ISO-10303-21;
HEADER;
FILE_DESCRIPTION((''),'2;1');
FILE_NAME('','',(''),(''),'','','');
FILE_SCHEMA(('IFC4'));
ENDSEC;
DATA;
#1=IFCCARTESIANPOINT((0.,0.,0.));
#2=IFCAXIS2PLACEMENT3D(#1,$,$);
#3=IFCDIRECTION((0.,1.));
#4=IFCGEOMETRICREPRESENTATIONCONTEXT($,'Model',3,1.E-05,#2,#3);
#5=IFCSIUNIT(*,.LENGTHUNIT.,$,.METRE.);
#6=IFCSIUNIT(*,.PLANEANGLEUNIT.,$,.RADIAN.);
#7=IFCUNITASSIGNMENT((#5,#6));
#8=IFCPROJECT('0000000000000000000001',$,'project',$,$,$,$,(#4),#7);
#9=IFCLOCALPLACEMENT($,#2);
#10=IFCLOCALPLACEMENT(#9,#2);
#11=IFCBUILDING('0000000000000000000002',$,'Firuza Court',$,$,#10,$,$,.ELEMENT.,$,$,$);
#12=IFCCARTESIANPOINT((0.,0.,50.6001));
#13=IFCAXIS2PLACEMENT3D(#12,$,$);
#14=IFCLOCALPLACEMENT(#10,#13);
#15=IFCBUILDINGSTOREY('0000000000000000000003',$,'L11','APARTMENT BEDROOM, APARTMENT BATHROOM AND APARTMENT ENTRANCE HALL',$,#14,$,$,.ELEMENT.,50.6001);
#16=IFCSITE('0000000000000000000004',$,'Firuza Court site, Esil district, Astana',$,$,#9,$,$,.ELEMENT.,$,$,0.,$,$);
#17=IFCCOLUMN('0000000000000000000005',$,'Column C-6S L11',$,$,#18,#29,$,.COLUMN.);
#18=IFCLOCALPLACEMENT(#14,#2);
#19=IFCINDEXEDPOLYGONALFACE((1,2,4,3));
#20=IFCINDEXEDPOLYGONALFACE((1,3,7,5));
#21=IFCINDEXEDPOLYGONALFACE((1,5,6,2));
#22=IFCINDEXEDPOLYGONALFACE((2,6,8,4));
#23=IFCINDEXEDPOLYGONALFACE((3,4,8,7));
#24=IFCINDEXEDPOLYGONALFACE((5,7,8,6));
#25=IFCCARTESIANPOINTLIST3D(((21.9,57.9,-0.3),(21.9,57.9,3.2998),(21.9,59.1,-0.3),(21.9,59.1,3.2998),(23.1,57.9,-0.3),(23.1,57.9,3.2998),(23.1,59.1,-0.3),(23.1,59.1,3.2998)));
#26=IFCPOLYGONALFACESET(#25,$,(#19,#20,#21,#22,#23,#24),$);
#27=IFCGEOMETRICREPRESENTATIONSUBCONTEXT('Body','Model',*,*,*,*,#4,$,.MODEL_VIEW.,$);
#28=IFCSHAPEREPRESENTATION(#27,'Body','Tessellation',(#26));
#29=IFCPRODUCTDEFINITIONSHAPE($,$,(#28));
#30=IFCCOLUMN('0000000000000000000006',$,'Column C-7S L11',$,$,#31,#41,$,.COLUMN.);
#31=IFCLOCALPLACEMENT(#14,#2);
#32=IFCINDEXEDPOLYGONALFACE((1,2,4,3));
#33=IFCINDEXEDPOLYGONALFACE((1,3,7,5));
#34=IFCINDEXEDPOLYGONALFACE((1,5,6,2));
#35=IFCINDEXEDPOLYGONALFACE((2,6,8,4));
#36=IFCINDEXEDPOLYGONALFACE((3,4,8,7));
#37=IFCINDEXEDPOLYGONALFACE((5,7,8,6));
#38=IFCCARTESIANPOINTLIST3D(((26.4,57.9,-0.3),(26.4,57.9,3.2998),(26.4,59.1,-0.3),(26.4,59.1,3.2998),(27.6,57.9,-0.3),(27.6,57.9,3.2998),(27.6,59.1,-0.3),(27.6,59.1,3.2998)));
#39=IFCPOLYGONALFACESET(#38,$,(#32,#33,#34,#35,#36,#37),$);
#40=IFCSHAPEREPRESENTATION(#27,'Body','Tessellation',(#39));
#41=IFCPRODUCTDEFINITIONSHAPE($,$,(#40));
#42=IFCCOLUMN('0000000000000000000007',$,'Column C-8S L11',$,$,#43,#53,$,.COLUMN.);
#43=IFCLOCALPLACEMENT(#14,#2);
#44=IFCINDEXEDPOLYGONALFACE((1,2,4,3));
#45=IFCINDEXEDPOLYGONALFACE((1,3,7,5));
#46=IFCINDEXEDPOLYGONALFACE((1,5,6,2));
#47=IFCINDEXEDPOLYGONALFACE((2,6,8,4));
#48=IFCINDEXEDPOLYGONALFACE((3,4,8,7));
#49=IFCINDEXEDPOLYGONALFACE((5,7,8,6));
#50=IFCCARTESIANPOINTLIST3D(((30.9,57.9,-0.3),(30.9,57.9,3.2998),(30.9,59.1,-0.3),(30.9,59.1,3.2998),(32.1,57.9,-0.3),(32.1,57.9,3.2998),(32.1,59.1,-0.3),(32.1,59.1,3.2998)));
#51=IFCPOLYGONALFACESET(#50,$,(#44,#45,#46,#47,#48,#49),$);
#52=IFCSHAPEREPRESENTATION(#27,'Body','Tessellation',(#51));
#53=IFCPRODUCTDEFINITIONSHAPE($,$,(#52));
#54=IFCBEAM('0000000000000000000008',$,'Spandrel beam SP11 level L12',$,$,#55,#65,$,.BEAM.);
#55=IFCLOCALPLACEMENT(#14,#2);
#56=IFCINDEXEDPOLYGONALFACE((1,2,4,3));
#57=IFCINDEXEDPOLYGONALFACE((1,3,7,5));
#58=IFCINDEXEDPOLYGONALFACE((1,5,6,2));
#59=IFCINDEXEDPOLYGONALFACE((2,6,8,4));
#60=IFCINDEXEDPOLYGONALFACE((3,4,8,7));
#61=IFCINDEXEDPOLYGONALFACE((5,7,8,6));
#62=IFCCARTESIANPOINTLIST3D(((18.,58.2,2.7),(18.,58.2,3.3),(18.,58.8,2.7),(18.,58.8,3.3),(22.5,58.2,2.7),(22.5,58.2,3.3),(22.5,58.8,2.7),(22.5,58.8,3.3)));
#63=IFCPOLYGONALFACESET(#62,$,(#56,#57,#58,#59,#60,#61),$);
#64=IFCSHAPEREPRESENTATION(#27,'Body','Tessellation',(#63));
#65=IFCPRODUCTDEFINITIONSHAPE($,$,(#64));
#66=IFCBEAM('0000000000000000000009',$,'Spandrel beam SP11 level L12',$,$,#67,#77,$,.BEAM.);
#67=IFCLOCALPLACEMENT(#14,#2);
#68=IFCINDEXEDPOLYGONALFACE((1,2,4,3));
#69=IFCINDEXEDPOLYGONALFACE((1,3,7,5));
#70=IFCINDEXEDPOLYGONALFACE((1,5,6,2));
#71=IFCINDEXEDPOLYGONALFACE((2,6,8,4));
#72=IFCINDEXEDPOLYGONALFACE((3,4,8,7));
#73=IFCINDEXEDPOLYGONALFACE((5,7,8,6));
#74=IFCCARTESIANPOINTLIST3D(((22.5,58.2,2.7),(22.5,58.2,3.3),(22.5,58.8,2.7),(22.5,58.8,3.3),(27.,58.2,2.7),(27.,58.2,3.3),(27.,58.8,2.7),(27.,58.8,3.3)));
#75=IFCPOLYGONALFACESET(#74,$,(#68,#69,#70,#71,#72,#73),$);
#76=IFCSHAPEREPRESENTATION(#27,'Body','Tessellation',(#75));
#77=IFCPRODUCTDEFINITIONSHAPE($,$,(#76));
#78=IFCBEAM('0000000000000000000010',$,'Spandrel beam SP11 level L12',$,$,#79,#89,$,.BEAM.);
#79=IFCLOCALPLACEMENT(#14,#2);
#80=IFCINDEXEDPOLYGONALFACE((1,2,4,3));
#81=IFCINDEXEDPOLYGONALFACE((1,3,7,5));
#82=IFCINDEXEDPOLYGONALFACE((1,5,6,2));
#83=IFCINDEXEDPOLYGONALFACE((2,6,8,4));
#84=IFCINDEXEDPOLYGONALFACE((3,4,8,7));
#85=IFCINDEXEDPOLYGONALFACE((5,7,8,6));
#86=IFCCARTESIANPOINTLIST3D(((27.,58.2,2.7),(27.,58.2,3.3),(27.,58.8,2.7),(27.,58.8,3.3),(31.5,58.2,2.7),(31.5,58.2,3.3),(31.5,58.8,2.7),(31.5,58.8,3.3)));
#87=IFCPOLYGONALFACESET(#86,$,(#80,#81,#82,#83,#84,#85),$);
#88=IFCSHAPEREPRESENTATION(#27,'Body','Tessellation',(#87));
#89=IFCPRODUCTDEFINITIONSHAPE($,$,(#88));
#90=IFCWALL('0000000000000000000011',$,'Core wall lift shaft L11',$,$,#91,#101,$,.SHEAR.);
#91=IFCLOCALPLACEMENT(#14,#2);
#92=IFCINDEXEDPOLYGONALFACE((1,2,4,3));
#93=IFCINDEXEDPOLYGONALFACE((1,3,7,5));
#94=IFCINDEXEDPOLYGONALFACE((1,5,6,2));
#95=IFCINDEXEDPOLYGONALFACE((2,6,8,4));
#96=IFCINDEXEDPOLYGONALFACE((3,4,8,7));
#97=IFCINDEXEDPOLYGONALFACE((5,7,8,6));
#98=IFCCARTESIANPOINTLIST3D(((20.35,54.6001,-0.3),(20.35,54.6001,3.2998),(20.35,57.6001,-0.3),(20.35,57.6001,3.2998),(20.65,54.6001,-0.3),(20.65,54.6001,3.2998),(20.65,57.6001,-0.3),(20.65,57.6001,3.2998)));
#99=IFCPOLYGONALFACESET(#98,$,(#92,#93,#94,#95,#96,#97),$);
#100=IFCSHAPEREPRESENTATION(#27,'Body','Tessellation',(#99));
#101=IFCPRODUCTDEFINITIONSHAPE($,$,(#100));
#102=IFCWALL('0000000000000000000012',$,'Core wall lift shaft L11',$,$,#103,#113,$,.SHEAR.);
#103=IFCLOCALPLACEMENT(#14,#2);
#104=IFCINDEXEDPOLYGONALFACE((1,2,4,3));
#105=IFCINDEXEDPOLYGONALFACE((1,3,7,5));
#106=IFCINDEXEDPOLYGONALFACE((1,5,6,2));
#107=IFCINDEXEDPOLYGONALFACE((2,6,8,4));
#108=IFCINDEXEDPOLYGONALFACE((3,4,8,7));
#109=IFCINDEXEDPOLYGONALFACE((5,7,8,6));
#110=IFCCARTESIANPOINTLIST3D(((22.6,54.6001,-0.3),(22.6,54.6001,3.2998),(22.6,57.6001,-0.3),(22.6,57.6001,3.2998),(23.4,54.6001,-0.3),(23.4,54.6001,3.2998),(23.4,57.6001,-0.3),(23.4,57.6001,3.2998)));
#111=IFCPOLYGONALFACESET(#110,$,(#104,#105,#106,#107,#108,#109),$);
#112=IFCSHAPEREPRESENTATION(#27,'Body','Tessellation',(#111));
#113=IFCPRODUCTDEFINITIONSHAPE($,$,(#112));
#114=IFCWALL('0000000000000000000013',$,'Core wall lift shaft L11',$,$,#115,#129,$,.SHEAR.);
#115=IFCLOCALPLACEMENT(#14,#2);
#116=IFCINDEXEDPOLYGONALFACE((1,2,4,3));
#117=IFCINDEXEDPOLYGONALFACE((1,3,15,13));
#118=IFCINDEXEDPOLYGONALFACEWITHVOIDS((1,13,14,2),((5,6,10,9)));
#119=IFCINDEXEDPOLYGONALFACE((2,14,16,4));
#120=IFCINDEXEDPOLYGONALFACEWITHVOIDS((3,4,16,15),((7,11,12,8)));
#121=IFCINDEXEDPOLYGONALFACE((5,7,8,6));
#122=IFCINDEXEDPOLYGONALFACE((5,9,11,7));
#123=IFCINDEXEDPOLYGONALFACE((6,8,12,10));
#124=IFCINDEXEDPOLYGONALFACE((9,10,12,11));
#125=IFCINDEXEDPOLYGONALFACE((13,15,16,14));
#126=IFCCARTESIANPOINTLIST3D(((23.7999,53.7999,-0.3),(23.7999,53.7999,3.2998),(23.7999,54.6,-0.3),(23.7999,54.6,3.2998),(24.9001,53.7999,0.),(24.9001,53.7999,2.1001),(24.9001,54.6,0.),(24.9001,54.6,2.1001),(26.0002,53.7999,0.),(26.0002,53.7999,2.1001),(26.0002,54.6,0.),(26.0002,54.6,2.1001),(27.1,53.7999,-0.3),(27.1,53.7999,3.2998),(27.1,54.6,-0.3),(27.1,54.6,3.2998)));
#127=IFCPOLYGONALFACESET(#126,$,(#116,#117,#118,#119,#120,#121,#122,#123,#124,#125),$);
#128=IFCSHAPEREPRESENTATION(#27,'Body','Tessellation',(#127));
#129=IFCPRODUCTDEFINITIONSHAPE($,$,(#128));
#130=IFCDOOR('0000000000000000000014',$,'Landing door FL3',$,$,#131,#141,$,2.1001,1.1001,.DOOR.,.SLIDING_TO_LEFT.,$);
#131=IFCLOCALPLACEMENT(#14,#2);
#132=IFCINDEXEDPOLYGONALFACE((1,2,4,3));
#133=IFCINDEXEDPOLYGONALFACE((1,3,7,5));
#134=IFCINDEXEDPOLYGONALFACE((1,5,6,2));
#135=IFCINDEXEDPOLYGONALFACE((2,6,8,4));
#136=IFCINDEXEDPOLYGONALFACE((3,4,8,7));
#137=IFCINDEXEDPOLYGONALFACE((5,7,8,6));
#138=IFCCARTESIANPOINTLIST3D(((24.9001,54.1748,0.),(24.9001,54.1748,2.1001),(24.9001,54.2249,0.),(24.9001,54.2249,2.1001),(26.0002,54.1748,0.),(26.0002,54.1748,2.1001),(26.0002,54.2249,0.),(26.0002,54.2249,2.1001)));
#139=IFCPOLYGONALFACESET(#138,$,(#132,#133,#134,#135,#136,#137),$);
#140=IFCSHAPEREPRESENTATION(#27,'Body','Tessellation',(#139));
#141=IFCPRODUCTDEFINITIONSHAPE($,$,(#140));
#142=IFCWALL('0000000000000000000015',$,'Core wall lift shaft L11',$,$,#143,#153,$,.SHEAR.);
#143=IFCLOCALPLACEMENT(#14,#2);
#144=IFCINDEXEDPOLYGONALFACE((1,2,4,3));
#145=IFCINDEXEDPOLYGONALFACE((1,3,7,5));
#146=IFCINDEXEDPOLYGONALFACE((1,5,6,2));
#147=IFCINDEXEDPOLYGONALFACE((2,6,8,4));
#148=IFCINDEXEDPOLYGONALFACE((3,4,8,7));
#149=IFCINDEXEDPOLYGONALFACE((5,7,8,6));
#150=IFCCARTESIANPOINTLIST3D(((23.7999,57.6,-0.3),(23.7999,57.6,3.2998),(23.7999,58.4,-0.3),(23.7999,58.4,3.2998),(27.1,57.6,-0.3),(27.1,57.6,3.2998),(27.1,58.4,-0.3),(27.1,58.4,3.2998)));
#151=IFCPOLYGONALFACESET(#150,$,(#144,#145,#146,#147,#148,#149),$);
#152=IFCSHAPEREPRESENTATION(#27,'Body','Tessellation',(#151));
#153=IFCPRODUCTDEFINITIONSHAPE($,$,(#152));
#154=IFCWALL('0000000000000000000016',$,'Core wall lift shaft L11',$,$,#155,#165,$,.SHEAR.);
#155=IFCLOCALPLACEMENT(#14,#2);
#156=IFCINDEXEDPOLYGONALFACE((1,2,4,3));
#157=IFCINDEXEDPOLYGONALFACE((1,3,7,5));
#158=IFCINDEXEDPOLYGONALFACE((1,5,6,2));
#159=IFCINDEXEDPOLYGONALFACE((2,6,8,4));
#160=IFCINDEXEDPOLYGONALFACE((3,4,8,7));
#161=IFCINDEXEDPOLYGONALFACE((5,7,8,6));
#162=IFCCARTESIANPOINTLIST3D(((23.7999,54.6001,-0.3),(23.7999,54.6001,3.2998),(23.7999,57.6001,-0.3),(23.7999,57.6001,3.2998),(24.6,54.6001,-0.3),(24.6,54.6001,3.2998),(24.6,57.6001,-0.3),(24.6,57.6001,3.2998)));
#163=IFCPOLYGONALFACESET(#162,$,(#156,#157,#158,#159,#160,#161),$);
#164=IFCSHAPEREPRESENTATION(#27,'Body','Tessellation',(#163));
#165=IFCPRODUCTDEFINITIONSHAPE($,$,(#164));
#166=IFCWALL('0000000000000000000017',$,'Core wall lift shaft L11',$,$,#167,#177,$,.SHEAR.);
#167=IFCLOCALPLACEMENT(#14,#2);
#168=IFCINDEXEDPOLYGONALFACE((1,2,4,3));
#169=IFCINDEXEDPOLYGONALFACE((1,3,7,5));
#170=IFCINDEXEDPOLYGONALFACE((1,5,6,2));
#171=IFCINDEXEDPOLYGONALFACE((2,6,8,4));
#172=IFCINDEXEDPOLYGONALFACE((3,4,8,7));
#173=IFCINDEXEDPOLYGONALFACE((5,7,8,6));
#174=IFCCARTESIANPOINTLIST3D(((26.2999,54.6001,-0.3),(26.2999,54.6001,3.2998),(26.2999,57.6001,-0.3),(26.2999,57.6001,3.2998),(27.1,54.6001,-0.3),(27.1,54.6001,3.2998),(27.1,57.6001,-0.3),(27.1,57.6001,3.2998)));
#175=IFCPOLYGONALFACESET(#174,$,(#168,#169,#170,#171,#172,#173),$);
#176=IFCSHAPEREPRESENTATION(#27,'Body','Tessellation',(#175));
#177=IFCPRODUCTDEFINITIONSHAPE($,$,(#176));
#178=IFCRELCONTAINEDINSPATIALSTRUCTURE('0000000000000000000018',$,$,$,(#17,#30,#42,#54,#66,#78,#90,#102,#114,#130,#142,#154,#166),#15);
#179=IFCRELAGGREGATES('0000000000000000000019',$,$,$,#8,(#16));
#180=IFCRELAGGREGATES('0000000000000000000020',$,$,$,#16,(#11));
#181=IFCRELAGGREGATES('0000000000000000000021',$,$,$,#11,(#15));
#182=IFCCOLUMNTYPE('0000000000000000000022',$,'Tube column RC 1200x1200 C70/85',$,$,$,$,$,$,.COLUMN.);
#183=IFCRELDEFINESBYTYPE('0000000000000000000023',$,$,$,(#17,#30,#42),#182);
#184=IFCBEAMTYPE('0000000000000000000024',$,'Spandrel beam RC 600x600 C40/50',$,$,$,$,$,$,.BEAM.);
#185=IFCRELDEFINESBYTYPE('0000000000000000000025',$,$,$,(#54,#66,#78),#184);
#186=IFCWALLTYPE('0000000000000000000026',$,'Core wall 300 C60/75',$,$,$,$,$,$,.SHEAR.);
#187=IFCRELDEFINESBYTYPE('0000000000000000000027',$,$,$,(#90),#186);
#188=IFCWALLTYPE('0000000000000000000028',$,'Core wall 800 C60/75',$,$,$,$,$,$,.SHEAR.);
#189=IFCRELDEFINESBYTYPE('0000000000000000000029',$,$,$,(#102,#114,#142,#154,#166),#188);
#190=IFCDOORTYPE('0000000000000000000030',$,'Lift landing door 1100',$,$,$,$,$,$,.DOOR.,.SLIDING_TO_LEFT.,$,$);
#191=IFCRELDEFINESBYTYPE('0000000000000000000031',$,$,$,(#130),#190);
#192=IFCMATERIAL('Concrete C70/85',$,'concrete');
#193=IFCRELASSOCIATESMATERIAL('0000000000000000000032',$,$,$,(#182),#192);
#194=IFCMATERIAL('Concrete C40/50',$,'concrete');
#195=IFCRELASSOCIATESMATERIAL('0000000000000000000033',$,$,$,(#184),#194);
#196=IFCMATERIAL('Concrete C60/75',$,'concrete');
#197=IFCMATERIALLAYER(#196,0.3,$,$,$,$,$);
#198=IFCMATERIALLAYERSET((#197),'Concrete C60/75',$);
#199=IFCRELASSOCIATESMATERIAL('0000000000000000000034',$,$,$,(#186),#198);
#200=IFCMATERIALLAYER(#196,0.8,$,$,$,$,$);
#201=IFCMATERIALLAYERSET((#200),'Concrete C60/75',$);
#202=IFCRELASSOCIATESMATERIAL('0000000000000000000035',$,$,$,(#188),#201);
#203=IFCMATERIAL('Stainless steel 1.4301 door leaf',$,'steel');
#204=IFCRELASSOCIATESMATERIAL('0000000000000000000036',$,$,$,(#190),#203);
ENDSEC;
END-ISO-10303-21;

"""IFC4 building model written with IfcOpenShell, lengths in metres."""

from ifc_helpers import new_model, si_unit, direction, frame, frame_2d, origin, origin_2d, place, context, subcontext, project, spatial, rectangle, extrude, material, layer, layer_set, material_profile, profile_set, type_object, element, fill, save


model = new_model("IFC4")

# Units and contexts
model_context = context("Model", 3, precision=1e-05, world=origin(), true_north=direction((0.0, 1.0)))
body_context = subcontext(model_context, "Body", "Model", "MODEL_VIEW")
ifc_project = project(units=[si_unit("LENGTHUNIT", "METRE"), si_unit("PLANEANGLEUNIT", "RADIAN")], contexts=[model_context])

# Site, building, storey
site_placement = place(None, origin())
site = spatial("IfcSite", under=ifc_project, at=site_placement, Name="Firuza Court site, Esil district, Astana", CompositionType="ELEMENT", RefElevation=0.0)
building_placement = place(site_placement, origin())
building = spatial("IfcBuilding", under=site, at=building_placement, Name="Firuza Court", CompositionType="ELEMENT")
storey_placement = place(building_placement, frame((0.0, 0.0, 50.6001)))
storey = spatial("IfcBuildingStorey", under=building, at=storey_placement, Name="L11", Description="APARTMENT BEDROOM, APARTMENT BATHROOM AND APARTMENT ENTRANCE HALL", CompositionType="ELEMENT", Elevation=50.6001)

# Columns
ifc_material_1 = material(Name="Concrete C70/85", Category="concrete")
ifc_material_profile_1 = material_profile(ifc_material_1, rectangle(XDim=1.2, YDim=1.2, at=origin_2d()), Name="RC 1200x1200")
ifc_profile_set_1 = profile_set([ifc_material_profile_1], Name="Concrete C70/85")
column_type = type_object("IfcColumnType", Name="Tube column RC 1200x1200 C70/85", PredefinedType="COLUMN", material=ifc_profile_set_1)
for number, where, z_axis, x_axis, name in (
    (1, (22.5, 58.5, -0.3), (0.0, 0.0, 1.0), (1.0, 0.0, 0.0), "Column C-6S L11"),
    (2, (27.0, 58.5, -0.3), (0.0, 0.0, 1.0), (1.0, 0.0, 0.0), "Column C-7S L11"),
    (3, (31.5, 58.5, -0.3), (0.0, 0.0, 1.0), (1.0, 0.0, 0.0), "Column C-8S L11"),
):
    element("IfcColumn", number, at=place(storey_placement, frame(where, z_axis=z_axis, x_axis=x_axis)), inside=storey, type_object=column_type, Name=name, PredefinedType="COLUMN", context=body_context, shape_type="SweptSolid", body=[
        extrude(rectangle(XDim=1.2, YDim=1.2, at=origin_2d()), origin(), (0.0, 0.0, 1.0), 3.5999),
    ])

# Beams
ifc_material_2 = material(Name="Concrete C40/50", Category="concrete")
ifc_material_profile_2 = material_profile(ifc_material_2, rectangle(XDim=0.6001, YDim=0.6001, at=origin_2d()), Name="RC 600x600")
ifc_profile_set_2 = profile_set([ifc_material_profile_2], Name="Concrete C40/50")
beam_type = type_object("IfcBeamType", Name="Spandrel beam RC 600x600 C40/50", PredefinedType="BEAM", material=ifc_profile_set_2)
for number, where, z_axis, x_axis, name in (
    (4, (22.5, 58.5, 3.0), (-1.0, 0.0, 0.0), (0.0, -1.0, 0.0), "Spandrel beam SP11 level L12"),
    (5, (27.0, 58.5, 3.0), (-1.0, 0.0, 0.0), (0.0, -1.0, 0.0), "Spandrel beam SP11 level L12"),
    (6, (31.5, 58.5, 3.0), (-1.0, 0.0, 0.0), (0.0, -1.0, 0.0), "Spandrel beam SP11 level L12"),
):
    element("IfcBeam", number, at=place(storey_placement, frame(where, z_axis=z_axis, x_axis=x_axis)), inside=storey, type_object=beam_type, Name=name, PredefinedType="BEAM", context=body_context, shape_type="SweptSolid", body=[
        extrude(rectangle(XDim=0.6001, YDim=0.6001, at=origin_2d()), origin(), (0.0, 0.0, 1.0), 4.5),
    ])

# Walls
ifc_material_3 = material(Name="Concrete C60/75", Category="concrete")
ifc_layer_1 = layer(ifc_material_3, 0.3)
ifc_layer_set_1 = layer_set([ifc_layer_1], Name="Concrete C60/75")
wall_type_1 = type_object("IfcWallType", Name="Core wall 300 C60/75", PredefinedType="SHEAR", material=ifc_layer_set_1)
wall_1_placement = place(storey_placement, frame((20.5, 54.6001, -0.3), z_axis=(0.0, 0.0, 1.0), x_axis=(0.0, 1.0, 0.0)))
element("IfcWall", 7, at=wall_1_placement, inside=storey, type_object=wall_type_1, Name="Core wall lift shaft L11", PredefinedType="SHEAR", context=body_context, shape_type="SweptSolid", body=[
    extrude(rectangle(XDim=3.0, YDim=0.3, at=frame_2d((1.5, 0.0))), origin(), (0.0, 0.0, 1.0), 3.5999),
])
ifc_layer_2 = layer(ifc_material_3, 0.8)
ifc_layer_set_2 = layer_set([ifc_layer_2], Name="Concrete C60/75")
wall_type_2 = type_object("IfcWallType", Name="Core wall 800 C60/75", PredefinedType="SHEAR", material=ifc_layer_set_2)
wall_2_placement = place(storey_placement, frame((23.0, 54.6001, -0.3), z_axis=(0.0, 0.0, 1.0), x_axis=(0.0, 1.0, 0.0)))
element("IfcWall", 8, at=wall_2_placement, inside=storey, type_object=wall_type_2, Name="Core wall lift shaft L11", PredefinedType="SHEAR", context=body_context, shape_type="SweptSolid", body=[
    extrude(rectangle(XDim=3.0, YDim=0.8, at=frame_2d((1.5, 0.0))), origin(), (0.0, 0.0, 1.0), 3.5999),
])

# Wall, opening, door
wall_3_placement = place(storey_placement, frame((23.8, 54.2, -0.3), z_axis=(0.0, 0.0, 1.0), x_axis=(1.0, 0.0, 0.0)))
wall_3 = element("IfcWall", 9, at=wall_3_placement, inside=storey, type_object=wall_type_2, Name="Core wall lift shaft L11", PredefinedType="SHEAR", context=body_context, shape_type="SweptSolid", body=[
    extrude(rectangle(XDim=3.3, YDim=0.8, at=frame_2d((1.6499, 0.0))), origin(), (0.0, 0.0, 1.0), 3.5999),
])
opening_1_placement = place(wall_3_placement, frame((1.1001, 0.0, 0.3)))
opening_1 = element("IfcOpeningElement", 10, at=opening_1_placement, cuts=wall_3, PredefinedType="OPENING", context=body_context, shape_type="SweptSolid", body=[
    extrude(rectangle(XDim=1.1001, YDim=2.1001, at=frame_2d((0.55, 1.05))), frame((0.0, 0.4121, 0.0), z_axis=(0.0, -1.0, 0.0), x_axis=(1.0, 0.0, 0.0)), (0.0, 0.0, 1.0), 0.824),
])
ifc_material_4 = material(Name="Stainless steel 1.4301 door leaf", Category="steel")
door_type_1 = type_object("IfcDoorType", Name="Lift landing door 1100", OperationType="SLIDING_TO_LEFT", PredefinedType="DOOR", material=ifc_material_4)
door_1_placement = place(opening_1_placement, origin())
door_1 = element("IfcDoor", 11, at=door_1_placement, inside=storey, type_object=door_type_1, Name="Landing door FL3", OperationType="SLIDING_TO_LEFT", OverallHeight=2.1001, OverallWidth=1.1001, PredefinedType="DOOR", context=body_context, shape_type="SweptSolid", body=[
    extrude(rectangle(XDim=1.1001, YDim=2.1001, at=frame_2d((0.55, 1.05))), frame((0.0, 0.0249, 0.0), z_axis=(0.0, -1.0, 0.0), x_axis=(1.0, 0.0, 0.0)), (0.0, 0.0, 1.0), 0.05),
])
fill(opening_1, door_1)

# Walls
wall_4_placement = place(storey_placement, frame((23.8, 58.0, -0.3), z_axis=(0.0, 0.0, 1.0), x_axis=(1.0, 0.0, 0.0)))
element("IfcWall", 12, at=wall_4_placement, inside=storey, type_object=wall_type_2, Name="Core wall lift shaft L11", PredefinedType="SHEAR", context=body_context, shape_type="SweptSolid", body=[
    extrude(rectangle(XDim=3.3, YDim=0.8, at=frame_2d((1.6499, 0.0))), origin(), (0.0, 0.0, 1.0), 3.5999),
])
for number, where, z_axis, x_axis, name in (
    (13, (24.2, 54.6001, -0.3), (0.0, 0.0, 1.0), (0.0, 1.0, 0.0), "Core wall lift shaft L11"),
    (14, (26.7, 54.6001, -0.3), (0.0, 0.0, 1.0), (0.0, 1.0, 0.0), "Core wall lift shaft L11"),
):
    element("IfcWall", number, at=place(storey_placement, frame(where, z_axis=z_axis, x_axis=x_axis)), inside=storey, type_object=wall_type_2, Name=name, PredefinedType="SHEAR", context=body_context, shape_type="SweptSolid", body=[
        extrude(rectangle(XDim=3.0, YDim=0.8, at=frame_2d((1.5, 0.0))), origin(), (0.0, 0.0, 1.0), 3.5999),
    ])

save(model, "model.ifc")
